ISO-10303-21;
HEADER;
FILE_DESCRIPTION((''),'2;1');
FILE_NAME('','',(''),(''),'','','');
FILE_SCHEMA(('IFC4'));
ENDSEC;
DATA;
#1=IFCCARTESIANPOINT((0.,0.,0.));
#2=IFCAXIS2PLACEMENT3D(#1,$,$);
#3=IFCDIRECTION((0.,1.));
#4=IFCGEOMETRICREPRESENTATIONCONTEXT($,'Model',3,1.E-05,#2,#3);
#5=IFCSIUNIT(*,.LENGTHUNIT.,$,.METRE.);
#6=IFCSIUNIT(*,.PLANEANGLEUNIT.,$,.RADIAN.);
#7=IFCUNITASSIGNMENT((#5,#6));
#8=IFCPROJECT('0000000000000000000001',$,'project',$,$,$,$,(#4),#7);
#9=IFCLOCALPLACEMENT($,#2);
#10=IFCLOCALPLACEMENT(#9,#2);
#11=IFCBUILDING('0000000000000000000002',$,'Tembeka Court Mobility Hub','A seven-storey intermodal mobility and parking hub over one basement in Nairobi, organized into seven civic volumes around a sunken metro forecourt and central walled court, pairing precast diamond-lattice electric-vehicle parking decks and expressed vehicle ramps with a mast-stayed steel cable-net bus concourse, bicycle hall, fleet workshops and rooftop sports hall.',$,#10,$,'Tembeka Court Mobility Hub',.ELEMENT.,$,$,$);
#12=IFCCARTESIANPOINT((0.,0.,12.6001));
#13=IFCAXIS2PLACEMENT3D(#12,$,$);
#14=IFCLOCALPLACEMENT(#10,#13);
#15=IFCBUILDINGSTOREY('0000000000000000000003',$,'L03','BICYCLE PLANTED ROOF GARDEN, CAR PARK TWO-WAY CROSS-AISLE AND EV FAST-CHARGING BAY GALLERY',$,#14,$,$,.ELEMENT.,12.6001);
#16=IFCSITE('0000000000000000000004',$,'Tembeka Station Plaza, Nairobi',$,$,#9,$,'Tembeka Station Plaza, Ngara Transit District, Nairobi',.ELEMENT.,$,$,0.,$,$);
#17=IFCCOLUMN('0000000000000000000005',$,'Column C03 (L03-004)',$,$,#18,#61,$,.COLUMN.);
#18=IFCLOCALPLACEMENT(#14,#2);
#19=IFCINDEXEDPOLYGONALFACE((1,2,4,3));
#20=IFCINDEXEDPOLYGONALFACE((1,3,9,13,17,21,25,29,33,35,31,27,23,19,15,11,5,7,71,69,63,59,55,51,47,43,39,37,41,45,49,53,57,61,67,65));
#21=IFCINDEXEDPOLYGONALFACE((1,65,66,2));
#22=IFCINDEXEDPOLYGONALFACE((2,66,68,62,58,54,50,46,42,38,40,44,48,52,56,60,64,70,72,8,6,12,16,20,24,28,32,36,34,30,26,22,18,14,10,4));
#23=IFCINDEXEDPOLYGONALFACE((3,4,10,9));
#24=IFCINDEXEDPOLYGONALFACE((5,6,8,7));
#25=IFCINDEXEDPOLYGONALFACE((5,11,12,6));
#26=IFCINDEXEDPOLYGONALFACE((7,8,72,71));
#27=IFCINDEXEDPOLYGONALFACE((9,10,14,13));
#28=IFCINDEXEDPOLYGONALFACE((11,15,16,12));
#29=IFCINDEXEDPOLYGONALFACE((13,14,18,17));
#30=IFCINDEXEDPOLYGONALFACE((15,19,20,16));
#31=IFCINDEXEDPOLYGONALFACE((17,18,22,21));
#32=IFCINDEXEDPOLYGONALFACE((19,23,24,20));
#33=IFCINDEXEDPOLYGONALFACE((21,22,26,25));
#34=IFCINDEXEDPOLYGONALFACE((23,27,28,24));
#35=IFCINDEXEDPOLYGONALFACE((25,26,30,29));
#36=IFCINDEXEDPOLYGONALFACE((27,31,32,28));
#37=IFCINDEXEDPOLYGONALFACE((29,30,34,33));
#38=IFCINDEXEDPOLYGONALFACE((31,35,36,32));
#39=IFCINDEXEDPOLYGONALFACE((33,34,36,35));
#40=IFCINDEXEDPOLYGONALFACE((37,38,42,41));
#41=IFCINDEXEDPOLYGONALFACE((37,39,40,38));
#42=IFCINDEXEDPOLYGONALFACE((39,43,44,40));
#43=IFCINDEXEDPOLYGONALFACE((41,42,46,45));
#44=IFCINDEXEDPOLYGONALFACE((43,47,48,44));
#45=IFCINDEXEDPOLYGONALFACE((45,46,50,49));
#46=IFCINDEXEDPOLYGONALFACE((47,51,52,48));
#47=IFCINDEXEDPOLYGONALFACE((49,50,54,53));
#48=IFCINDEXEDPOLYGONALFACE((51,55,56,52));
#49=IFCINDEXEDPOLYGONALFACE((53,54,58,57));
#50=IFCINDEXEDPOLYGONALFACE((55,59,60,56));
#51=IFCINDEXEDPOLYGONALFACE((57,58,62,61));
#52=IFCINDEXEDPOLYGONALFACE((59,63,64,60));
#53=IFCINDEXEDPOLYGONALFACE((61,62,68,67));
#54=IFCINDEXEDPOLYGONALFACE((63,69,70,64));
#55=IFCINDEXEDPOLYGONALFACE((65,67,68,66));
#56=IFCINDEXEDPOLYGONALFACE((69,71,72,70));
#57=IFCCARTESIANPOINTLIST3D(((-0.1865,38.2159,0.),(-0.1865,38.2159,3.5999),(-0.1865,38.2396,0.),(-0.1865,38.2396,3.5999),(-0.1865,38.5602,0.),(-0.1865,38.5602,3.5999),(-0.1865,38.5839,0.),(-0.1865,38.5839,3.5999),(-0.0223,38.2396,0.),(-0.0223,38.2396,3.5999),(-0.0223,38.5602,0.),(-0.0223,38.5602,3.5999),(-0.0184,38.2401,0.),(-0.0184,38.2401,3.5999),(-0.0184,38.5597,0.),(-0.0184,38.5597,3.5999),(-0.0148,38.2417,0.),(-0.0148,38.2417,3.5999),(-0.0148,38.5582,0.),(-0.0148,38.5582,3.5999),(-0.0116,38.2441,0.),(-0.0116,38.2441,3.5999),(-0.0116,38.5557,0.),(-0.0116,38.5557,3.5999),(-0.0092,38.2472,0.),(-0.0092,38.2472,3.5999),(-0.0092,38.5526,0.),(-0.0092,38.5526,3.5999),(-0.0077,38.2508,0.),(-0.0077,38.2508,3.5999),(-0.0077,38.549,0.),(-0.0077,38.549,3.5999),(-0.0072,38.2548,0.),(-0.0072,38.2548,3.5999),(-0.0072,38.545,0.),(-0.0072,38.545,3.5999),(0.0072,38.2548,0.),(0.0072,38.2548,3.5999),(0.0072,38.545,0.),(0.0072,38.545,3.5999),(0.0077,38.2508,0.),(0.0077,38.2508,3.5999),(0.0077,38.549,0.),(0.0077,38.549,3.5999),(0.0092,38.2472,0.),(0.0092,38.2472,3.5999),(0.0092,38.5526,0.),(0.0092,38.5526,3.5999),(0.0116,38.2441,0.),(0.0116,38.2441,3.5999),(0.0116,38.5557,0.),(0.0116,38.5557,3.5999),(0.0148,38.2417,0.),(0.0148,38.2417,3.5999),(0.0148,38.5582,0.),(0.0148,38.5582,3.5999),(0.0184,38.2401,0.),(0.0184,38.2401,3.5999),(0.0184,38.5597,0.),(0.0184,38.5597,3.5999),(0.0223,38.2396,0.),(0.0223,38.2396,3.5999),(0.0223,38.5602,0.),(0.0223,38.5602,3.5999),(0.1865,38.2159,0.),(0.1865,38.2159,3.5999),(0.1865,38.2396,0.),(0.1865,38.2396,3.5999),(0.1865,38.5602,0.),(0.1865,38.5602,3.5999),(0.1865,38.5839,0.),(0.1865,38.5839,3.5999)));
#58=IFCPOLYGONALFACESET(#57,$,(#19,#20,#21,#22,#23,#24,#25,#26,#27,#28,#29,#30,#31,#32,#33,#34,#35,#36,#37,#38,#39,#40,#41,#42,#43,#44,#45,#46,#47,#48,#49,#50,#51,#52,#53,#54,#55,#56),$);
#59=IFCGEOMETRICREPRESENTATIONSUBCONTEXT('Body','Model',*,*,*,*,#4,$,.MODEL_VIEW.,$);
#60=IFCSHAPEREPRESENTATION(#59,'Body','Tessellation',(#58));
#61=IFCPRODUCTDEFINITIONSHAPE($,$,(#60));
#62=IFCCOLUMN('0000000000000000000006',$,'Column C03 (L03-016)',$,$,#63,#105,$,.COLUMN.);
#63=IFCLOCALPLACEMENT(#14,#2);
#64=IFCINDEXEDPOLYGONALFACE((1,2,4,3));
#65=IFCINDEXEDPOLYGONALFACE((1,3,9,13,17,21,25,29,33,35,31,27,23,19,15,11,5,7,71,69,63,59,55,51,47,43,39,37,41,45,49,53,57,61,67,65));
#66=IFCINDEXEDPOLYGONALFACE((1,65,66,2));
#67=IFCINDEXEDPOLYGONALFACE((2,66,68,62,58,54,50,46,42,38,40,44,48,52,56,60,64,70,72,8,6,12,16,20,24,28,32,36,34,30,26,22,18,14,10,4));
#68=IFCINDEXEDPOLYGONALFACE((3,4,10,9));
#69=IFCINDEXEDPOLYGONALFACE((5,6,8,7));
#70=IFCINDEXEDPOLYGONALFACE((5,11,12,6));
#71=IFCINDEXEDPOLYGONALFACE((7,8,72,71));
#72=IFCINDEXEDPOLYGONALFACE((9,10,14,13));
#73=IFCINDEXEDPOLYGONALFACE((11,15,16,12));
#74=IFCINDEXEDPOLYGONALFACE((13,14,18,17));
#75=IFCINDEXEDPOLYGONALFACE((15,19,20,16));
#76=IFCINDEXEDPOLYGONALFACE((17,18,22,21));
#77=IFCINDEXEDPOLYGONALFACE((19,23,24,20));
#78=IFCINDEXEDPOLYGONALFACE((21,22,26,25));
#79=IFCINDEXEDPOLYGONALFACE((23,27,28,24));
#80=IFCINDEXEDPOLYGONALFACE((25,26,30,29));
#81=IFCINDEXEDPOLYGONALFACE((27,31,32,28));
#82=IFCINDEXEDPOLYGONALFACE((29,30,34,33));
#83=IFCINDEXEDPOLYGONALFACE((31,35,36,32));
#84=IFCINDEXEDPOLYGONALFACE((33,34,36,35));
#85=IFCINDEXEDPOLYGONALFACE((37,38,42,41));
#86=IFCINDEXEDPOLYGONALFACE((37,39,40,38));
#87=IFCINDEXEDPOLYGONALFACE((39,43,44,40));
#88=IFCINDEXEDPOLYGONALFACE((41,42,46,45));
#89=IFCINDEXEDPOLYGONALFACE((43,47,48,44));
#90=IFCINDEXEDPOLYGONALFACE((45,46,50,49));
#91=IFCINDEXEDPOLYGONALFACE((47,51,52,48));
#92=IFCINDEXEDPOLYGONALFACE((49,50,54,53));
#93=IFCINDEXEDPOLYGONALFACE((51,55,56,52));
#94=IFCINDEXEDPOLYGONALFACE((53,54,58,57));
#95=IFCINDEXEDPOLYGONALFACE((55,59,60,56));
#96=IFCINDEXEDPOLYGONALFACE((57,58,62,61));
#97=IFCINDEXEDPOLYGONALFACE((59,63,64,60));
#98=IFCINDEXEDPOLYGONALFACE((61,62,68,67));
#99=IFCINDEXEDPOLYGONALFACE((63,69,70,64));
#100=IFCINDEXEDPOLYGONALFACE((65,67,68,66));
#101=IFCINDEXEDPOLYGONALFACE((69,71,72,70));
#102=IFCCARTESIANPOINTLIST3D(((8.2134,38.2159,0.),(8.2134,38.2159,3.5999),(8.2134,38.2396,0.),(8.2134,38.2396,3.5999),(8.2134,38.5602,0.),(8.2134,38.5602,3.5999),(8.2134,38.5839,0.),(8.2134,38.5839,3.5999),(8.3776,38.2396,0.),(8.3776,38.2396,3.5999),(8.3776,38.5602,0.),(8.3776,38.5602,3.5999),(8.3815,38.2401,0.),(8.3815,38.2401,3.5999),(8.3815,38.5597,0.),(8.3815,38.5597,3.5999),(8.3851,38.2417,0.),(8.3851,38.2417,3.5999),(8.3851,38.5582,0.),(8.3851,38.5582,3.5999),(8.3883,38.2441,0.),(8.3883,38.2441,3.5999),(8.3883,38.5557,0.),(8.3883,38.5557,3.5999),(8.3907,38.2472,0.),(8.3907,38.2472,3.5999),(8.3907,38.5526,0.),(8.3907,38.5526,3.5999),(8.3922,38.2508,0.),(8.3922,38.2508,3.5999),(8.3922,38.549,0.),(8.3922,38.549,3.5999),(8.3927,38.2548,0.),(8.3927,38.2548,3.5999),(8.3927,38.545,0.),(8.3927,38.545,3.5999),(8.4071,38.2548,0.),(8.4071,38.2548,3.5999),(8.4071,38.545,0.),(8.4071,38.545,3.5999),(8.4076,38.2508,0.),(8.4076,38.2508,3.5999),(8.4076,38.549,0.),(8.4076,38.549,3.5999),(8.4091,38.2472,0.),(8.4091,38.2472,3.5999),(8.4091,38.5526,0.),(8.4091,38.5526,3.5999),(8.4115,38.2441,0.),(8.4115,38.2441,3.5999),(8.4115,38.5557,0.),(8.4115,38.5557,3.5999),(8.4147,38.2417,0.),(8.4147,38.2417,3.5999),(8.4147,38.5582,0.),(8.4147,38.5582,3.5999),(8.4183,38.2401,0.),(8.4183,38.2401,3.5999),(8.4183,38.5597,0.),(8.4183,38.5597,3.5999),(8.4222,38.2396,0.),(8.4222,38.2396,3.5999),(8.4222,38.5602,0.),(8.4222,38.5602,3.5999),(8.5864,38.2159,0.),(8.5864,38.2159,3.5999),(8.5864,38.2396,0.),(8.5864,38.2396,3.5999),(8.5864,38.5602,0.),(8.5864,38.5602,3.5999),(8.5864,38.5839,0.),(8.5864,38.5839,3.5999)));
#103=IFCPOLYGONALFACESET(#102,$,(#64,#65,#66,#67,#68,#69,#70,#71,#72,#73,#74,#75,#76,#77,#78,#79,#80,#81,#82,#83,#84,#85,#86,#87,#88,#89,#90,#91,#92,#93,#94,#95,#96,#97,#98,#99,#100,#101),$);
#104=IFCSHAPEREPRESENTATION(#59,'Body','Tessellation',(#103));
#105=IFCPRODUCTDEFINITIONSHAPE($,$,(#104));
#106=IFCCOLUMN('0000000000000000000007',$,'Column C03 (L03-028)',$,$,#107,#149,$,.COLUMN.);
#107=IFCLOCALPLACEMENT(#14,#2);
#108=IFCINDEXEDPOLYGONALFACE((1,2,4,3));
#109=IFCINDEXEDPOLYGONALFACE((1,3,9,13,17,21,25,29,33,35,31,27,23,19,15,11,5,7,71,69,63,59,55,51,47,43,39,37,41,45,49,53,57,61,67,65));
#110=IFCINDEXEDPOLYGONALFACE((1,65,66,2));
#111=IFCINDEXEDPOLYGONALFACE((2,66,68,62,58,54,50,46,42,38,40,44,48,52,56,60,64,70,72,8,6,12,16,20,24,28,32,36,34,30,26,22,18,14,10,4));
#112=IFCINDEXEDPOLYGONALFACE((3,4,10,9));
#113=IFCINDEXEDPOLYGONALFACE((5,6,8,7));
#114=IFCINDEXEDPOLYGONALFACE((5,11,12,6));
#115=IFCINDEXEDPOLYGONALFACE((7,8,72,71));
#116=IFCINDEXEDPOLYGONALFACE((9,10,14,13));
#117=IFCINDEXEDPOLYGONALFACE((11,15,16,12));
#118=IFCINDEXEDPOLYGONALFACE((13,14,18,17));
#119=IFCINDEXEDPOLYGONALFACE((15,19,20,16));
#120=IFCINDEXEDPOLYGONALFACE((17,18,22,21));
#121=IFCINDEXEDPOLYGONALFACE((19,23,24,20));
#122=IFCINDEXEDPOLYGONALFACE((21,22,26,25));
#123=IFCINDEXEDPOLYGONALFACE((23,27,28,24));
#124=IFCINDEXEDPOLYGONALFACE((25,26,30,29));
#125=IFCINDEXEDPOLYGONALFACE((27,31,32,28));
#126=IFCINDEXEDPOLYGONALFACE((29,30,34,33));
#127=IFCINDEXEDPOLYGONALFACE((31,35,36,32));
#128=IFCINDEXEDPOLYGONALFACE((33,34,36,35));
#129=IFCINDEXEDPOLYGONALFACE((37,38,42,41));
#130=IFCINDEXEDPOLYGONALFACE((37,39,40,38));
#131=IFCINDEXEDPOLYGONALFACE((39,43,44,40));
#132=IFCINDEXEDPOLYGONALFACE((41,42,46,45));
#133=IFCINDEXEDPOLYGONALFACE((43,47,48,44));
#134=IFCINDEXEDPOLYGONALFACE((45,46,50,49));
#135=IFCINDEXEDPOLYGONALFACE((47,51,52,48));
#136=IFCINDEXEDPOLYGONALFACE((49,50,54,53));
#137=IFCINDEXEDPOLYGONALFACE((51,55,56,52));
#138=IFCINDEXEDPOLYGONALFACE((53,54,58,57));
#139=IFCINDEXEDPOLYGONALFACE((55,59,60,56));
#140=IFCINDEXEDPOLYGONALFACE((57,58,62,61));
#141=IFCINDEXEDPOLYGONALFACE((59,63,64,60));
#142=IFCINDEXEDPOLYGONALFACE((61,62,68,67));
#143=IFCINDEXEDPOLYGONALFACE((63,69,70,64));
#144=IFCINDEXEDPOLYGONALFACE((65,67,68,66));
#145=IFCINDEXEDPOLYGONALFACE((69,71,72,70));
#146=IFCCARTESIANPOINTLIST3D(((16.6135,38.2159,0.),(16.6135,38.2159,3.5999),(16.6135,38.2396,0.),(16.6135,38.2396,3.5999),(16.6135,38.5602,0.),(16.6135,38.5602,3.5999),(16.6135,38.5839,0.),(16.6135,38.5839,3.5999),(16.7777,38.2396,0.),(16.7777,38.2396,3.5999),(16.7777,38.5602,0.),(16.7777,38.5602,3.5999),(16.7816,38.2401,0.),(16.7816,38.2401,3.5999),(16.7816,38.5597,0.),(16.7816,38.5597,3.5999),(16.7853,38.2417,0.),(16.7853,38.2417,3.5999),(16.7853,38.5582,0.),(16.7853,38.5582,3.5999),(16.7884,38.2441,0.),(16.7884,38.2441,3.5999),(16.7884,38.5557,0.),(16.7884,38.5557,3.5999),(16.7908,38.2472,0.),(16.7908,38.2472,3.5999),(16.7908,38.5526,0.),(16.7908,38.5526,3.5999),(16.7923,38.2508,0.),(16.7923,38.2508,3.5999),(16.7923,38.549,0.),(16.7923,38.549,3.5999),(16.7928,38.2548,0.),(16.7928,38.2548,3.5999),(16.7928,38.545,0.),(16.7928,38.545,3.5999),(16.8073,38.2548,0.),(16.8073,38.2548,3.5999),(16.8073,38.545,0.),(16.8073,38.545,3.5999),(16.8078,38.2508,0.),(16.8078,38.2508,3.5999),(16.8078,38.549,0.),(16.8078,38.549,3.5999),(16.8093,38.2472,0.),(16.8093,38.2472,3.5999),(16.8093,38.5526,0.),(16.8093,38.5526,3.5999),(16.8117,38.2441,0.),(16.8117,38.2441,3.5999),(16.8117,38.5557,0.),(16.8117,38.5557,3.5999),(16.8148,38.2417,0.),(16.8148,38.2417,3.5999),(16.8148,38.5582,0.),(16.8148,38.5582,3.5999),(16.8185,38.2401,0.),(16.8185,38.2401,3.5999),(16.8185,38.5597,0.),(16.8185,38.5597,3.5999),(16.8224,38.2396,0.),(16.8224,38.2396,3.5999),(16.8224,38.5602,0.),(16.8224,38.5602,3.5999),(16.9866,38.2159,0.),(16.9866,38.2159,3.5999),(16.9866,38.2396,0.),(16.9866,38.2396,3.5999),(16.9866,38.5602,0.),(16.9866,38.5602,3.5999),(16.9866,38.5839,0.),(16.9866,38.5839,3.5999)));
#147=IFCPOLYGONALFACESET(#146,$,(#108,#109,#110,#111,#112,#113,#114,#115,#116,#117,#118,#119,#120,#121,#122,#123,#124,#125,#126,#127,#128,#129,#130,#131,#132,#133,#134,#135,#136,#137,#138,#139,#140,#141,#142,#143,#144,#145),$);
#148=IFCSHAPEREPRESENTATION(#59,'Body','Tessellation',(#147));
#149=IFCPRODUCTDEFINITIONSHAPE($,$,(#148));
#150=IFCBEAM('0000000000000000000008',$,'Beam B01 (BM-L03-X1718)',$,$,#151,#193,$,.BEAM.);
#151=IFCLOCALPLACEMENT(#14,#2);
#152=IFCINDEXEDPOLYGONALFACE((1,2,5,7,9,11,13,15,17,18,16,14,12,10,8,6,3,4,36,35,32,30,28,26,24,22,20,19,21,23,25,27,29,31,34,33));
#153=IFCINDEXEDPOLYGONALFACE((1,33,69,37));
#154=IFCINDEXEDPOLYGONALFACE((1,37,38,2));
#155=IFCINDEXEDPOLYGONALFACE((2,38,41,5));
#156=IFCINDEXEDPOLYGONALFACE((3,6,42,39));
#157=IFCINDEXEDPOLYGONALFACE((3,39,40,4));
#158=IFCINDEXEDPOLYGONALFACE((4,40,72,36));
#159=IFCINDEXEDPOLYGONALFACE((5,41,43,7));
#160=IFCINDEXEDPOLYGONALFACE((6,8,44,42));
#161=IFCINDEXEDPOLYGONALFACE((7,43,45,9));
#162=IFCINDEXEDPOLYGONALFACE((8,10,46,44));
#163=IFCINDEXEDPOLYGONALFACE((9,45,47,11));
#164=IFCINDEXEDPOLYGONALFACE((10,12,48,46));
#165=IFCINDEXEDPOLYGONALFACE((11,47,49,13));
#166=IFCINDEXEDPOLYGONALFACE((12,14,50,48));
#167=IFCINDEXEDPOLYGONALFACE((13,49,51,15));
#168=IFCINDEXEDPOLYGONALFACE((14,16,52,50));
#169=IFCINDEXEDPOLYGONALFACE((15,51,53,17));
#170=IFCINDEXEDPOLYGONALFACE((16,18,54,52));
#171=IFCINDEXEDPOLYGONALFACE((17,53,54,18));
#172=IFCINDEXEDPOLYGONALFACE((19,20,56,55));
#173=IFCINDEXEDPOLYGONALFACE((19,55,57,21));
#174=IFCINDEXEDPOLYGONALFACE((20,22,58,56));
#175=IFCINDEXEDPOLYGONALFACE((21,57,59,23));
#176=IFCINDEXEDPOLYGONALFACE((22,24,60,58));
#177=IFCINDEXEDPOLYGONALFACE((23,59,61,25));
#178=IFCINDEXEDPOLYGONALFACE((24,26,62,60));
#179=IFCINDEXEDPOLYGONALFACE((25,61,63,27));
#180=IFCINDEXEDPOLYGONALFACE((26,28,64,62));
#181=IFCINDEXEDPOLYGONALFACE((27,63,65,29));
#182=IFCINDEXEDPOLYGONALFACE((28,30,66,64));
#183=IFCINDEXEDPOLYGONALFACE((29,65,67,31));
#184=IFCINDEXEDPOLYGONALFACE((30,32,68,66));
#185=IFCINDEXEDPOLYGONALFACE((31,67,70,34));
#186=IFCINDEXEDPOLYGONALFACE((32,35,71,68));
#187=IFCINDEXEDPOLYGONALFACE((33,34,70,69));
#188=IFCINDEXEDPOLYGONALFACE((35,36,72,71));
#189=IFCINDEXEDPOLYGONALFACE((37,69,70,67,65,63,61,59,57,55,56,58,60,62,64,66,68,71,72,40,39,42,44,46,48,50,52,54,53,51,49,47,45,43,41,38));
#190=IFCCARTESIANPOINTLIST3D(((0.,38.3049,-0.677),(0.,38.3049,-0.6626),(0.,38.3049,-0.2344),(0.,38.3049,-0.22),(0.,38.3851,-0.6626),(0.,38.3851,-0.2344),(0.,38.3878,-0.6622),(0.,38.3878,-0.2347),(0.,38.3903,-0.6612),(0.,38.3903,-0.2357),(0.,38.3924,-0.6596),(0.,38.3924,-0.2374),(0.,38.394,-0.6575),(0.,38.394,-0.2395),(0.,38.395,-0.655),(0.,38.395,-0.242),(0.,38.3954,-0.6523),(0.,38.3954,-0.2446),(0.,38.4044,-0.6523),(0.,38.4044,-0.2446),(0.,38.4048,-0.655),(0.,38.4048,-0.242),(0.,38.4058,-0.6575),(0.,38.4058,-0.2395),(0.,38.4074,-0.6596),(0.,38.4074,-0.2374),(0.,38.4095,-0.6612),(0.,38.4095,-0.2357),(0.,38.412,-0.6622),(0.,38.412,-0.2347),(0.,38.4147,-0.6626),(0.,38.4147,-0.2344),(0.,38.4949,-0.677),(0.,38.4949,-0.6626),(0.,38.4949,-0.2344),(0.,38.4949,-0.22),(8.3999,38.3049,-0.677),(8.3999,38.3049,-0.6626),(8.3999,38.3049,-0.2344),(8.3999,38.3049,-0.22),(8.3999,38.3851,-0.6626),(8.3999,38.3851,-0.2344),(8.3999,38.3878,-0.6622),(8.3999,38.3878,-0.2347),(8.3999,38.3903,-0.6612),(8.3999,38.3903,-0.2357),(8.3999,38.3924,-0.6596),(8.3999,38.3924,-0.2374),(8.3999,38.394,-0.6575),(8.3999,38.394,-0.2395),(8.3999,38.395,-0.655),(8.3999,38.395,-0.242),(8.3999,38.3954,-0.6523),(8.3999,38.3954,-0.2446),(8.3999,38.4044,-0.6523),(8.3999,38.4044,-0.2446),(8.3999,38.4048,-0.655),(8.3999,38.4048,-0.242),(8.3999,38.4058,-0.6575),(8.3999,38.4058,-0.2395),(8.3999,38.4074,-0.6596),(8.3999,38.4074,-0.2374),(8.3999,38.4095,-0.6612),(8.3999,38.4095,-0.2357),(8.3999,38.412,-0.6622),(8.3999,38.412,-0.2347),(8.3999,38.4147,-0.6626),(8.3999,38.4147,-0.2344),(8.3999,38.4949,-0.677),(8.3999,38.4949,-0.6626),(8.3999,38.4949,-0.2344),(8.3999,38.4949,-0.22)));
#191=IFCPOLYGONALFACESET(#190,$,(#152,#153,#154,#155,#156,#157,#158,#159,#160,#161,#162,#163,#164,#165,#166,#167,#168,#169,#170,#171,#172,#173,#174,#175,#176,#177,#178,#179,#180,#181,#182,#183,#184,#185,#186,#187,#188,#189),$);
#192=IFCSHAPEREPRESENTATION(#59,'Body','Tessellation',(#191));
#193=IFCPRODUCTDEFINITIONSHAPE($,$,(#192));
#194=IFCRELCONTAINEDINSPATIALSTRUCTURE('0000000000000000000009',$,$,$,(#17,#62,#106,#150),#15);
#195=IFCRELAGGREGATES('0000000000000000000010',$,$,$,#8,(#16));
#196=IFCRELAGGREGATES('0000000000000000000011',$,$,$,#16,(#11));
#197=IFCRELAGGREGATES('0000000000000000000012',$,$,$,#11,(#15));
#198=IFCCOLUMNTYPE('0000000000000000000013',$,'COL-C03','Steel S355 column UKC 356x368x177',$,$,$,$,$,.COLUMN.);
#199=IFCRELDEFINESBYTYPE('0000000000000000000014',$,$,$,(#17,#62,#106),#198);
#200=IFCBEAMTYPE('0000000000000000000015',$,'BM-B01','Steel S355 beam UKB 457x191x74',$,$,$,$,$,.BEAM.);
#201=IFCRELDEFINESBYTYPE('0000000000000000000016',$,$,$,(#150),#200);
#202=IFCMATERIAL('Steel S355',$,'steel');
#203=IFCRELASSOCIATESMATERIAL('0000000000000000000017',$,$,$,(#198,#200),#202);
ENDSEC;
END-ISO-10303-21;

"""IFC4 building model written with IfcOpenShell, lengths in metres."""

from ifc_helpers import new_model, si_unit, direction, frame, origin, origin_2d, place, context, subcontext, project, spatial, i_section, extrude, material, material_profile, profile_set, type_object, element, save


model = new_model("IFC4")

# Units and contexts
model_context = context("Model", 3, precision=1e-05, world=origin(), true_north=direction((0.0, 1.0)))
body_context = subcontext(model_context, "Body", "Model", "MODEL_VIEW")
ifc_project = project(units=[si_unit("LENGTHUNIT", "METRE"), si_unit("PLANEANGLEUNIT", "RADIAN")], contexts=[model_context])

# Site, building, storey
site_placement = place(None, origin())
site = spatial("IfcSite", under=ifc_project, at=site_placement, Name="Tembeka Station Plaza, Nairobi", LongName="Tembeka Station Plaza, Ngara Transit District, Nairobi", CompositionType="ELEMENT", RefElevation=0.0)
building_placement = place(site_placement, origin())
building = spatial("IfcBuilding", under=site, at=building_placement, Name="Tembeka Court Mobility Hub", Description="A seven-storey intermodal mobility and parking hub over one basement in Nairobi, organized into seven civic volumes around a sunken metro forecourt and central walled court, pairing precast diamond-lattice electric-vehicle parking decks and expressed vehicle ramps with a mast-stayed steel cable-net bus concourse, bicycle hall, fleet workshops and rooftop sports hall.", LongName="Tembeka Court Mobility Hub", CompositionType="ELEMENT")
storey_placement = place(building_placement, frame((0.0, 0.0, 12.6001)))
storey = spatial("IfcBuildingStorey", under=building, at=storey_placement, Name="L03", Description="BICYCLE PLANTED ROOF GARDEN, CAR PARK TWO-WAY CROSS-AISLE AND EV FAST-CHARGING BAY GALLERY", CompositionType="ELEMENT", Elevation=12.6001)

# Columns
ifc_material_1 = material(Name="Steel S355", Category="steel")
ifc_material_profile_1 = material_profile(ifc_material_1, i_section(OverallWidth=0.373, OverallDepth=0.3679, WebThickness=0.0144, FlangeThickness=0.0237, FilletRadius=0.0151, at=origin_2d()), Name="UKC 356x368x177")
ifc_profile_set_1 = profile_set([ifc_material_profile_1], Name="Steel S355")
column_type = type_object("IfcColumnType", Name="COL-C03", Description="Steel S355 column UKC 356x368x177", PredefinedType="COLUMN", material=ifc_profile_set_1)
for number, where, z_axis, x_axis, name in (
    (1, (0.0, 38.3999, 0.0), (0.0, 0.0, 1.0), (1.0, 0.0, 0.0), "Column C03 (L03-004)"),
    (2, (8.3999, 38.3999, 0.0), (0.0, 0.0, 1.0), (1.0, 0.0, 0.0), "Column C03 (L03-016)"),
    (3, (16.8, 38.3999, 0.0), (0.0, 0.0, 1.0), (1.0, 0.0, 0.0), "Column C03 (L03-028)"),
):
    element("IfcColumn", number, at=place(storey_placement, frame(where, z_axis=z_axis, x_axis=x_axis)), inside=storey, type_object=column_type, Name=name, PredefinedType="COLUMN", context=body_context, shape_type="SweptSolid", body=[
        extrude(i_section(OverallWidth=0.373, OverallDepth=0.3679, WebThickness=0.0144, FlangeThickness=0.0237, FilletRadius=0.0151, at=origin_2d()), origin(), (0.0, 0.0, 1.0), 3.5999),
    ])

# Beam
ifc_material_profile_2 = material_profile(ifc_material_1, i_section(OverallWidth=0.1899, OverallDepth=0.457, WebThickness=0.009, FlangeThickness=0.0144, FilletRadius=0.0103, at=origin_2d()), Name="UKB 457x191x74")
ifc_profile_set_2 = profile_set([ifc_material_profile_2], Name="Steel S355")
beam_type_1 = type_object("IfcBeamType", Name="BM-B01", Description="Steel S355 beam UKB 457x191x74", PredefinedType="BEAM", material=ifc_profile_set_2)
beam_1_placement = place(storey_placement, frame((0.0, 38.3999, -0.4485), z_axis=(1.0, 0.0, 0.0), x_axis=(0.0, 1.0, 0.0)))
element("IfcBeam", 4, at=beam_1_placement, inside=storey, type_object=beam_type_1, Name="Beam B01 (BM-L03-X1718)", PredefinedType="BEAM", context=body_context, shape_type="SweptSolid", body=[
    extrude(i_section(OverallWidth=0.1899, OverallDepth=0.457, WebThickness=0.009, FlangeThickness=0.0144, FilletRadius=0.0103, at=origin_2d()), origin(), (0.0, 0.0, 1.0), 8.3999),
])

save(model, "model.ifc")
